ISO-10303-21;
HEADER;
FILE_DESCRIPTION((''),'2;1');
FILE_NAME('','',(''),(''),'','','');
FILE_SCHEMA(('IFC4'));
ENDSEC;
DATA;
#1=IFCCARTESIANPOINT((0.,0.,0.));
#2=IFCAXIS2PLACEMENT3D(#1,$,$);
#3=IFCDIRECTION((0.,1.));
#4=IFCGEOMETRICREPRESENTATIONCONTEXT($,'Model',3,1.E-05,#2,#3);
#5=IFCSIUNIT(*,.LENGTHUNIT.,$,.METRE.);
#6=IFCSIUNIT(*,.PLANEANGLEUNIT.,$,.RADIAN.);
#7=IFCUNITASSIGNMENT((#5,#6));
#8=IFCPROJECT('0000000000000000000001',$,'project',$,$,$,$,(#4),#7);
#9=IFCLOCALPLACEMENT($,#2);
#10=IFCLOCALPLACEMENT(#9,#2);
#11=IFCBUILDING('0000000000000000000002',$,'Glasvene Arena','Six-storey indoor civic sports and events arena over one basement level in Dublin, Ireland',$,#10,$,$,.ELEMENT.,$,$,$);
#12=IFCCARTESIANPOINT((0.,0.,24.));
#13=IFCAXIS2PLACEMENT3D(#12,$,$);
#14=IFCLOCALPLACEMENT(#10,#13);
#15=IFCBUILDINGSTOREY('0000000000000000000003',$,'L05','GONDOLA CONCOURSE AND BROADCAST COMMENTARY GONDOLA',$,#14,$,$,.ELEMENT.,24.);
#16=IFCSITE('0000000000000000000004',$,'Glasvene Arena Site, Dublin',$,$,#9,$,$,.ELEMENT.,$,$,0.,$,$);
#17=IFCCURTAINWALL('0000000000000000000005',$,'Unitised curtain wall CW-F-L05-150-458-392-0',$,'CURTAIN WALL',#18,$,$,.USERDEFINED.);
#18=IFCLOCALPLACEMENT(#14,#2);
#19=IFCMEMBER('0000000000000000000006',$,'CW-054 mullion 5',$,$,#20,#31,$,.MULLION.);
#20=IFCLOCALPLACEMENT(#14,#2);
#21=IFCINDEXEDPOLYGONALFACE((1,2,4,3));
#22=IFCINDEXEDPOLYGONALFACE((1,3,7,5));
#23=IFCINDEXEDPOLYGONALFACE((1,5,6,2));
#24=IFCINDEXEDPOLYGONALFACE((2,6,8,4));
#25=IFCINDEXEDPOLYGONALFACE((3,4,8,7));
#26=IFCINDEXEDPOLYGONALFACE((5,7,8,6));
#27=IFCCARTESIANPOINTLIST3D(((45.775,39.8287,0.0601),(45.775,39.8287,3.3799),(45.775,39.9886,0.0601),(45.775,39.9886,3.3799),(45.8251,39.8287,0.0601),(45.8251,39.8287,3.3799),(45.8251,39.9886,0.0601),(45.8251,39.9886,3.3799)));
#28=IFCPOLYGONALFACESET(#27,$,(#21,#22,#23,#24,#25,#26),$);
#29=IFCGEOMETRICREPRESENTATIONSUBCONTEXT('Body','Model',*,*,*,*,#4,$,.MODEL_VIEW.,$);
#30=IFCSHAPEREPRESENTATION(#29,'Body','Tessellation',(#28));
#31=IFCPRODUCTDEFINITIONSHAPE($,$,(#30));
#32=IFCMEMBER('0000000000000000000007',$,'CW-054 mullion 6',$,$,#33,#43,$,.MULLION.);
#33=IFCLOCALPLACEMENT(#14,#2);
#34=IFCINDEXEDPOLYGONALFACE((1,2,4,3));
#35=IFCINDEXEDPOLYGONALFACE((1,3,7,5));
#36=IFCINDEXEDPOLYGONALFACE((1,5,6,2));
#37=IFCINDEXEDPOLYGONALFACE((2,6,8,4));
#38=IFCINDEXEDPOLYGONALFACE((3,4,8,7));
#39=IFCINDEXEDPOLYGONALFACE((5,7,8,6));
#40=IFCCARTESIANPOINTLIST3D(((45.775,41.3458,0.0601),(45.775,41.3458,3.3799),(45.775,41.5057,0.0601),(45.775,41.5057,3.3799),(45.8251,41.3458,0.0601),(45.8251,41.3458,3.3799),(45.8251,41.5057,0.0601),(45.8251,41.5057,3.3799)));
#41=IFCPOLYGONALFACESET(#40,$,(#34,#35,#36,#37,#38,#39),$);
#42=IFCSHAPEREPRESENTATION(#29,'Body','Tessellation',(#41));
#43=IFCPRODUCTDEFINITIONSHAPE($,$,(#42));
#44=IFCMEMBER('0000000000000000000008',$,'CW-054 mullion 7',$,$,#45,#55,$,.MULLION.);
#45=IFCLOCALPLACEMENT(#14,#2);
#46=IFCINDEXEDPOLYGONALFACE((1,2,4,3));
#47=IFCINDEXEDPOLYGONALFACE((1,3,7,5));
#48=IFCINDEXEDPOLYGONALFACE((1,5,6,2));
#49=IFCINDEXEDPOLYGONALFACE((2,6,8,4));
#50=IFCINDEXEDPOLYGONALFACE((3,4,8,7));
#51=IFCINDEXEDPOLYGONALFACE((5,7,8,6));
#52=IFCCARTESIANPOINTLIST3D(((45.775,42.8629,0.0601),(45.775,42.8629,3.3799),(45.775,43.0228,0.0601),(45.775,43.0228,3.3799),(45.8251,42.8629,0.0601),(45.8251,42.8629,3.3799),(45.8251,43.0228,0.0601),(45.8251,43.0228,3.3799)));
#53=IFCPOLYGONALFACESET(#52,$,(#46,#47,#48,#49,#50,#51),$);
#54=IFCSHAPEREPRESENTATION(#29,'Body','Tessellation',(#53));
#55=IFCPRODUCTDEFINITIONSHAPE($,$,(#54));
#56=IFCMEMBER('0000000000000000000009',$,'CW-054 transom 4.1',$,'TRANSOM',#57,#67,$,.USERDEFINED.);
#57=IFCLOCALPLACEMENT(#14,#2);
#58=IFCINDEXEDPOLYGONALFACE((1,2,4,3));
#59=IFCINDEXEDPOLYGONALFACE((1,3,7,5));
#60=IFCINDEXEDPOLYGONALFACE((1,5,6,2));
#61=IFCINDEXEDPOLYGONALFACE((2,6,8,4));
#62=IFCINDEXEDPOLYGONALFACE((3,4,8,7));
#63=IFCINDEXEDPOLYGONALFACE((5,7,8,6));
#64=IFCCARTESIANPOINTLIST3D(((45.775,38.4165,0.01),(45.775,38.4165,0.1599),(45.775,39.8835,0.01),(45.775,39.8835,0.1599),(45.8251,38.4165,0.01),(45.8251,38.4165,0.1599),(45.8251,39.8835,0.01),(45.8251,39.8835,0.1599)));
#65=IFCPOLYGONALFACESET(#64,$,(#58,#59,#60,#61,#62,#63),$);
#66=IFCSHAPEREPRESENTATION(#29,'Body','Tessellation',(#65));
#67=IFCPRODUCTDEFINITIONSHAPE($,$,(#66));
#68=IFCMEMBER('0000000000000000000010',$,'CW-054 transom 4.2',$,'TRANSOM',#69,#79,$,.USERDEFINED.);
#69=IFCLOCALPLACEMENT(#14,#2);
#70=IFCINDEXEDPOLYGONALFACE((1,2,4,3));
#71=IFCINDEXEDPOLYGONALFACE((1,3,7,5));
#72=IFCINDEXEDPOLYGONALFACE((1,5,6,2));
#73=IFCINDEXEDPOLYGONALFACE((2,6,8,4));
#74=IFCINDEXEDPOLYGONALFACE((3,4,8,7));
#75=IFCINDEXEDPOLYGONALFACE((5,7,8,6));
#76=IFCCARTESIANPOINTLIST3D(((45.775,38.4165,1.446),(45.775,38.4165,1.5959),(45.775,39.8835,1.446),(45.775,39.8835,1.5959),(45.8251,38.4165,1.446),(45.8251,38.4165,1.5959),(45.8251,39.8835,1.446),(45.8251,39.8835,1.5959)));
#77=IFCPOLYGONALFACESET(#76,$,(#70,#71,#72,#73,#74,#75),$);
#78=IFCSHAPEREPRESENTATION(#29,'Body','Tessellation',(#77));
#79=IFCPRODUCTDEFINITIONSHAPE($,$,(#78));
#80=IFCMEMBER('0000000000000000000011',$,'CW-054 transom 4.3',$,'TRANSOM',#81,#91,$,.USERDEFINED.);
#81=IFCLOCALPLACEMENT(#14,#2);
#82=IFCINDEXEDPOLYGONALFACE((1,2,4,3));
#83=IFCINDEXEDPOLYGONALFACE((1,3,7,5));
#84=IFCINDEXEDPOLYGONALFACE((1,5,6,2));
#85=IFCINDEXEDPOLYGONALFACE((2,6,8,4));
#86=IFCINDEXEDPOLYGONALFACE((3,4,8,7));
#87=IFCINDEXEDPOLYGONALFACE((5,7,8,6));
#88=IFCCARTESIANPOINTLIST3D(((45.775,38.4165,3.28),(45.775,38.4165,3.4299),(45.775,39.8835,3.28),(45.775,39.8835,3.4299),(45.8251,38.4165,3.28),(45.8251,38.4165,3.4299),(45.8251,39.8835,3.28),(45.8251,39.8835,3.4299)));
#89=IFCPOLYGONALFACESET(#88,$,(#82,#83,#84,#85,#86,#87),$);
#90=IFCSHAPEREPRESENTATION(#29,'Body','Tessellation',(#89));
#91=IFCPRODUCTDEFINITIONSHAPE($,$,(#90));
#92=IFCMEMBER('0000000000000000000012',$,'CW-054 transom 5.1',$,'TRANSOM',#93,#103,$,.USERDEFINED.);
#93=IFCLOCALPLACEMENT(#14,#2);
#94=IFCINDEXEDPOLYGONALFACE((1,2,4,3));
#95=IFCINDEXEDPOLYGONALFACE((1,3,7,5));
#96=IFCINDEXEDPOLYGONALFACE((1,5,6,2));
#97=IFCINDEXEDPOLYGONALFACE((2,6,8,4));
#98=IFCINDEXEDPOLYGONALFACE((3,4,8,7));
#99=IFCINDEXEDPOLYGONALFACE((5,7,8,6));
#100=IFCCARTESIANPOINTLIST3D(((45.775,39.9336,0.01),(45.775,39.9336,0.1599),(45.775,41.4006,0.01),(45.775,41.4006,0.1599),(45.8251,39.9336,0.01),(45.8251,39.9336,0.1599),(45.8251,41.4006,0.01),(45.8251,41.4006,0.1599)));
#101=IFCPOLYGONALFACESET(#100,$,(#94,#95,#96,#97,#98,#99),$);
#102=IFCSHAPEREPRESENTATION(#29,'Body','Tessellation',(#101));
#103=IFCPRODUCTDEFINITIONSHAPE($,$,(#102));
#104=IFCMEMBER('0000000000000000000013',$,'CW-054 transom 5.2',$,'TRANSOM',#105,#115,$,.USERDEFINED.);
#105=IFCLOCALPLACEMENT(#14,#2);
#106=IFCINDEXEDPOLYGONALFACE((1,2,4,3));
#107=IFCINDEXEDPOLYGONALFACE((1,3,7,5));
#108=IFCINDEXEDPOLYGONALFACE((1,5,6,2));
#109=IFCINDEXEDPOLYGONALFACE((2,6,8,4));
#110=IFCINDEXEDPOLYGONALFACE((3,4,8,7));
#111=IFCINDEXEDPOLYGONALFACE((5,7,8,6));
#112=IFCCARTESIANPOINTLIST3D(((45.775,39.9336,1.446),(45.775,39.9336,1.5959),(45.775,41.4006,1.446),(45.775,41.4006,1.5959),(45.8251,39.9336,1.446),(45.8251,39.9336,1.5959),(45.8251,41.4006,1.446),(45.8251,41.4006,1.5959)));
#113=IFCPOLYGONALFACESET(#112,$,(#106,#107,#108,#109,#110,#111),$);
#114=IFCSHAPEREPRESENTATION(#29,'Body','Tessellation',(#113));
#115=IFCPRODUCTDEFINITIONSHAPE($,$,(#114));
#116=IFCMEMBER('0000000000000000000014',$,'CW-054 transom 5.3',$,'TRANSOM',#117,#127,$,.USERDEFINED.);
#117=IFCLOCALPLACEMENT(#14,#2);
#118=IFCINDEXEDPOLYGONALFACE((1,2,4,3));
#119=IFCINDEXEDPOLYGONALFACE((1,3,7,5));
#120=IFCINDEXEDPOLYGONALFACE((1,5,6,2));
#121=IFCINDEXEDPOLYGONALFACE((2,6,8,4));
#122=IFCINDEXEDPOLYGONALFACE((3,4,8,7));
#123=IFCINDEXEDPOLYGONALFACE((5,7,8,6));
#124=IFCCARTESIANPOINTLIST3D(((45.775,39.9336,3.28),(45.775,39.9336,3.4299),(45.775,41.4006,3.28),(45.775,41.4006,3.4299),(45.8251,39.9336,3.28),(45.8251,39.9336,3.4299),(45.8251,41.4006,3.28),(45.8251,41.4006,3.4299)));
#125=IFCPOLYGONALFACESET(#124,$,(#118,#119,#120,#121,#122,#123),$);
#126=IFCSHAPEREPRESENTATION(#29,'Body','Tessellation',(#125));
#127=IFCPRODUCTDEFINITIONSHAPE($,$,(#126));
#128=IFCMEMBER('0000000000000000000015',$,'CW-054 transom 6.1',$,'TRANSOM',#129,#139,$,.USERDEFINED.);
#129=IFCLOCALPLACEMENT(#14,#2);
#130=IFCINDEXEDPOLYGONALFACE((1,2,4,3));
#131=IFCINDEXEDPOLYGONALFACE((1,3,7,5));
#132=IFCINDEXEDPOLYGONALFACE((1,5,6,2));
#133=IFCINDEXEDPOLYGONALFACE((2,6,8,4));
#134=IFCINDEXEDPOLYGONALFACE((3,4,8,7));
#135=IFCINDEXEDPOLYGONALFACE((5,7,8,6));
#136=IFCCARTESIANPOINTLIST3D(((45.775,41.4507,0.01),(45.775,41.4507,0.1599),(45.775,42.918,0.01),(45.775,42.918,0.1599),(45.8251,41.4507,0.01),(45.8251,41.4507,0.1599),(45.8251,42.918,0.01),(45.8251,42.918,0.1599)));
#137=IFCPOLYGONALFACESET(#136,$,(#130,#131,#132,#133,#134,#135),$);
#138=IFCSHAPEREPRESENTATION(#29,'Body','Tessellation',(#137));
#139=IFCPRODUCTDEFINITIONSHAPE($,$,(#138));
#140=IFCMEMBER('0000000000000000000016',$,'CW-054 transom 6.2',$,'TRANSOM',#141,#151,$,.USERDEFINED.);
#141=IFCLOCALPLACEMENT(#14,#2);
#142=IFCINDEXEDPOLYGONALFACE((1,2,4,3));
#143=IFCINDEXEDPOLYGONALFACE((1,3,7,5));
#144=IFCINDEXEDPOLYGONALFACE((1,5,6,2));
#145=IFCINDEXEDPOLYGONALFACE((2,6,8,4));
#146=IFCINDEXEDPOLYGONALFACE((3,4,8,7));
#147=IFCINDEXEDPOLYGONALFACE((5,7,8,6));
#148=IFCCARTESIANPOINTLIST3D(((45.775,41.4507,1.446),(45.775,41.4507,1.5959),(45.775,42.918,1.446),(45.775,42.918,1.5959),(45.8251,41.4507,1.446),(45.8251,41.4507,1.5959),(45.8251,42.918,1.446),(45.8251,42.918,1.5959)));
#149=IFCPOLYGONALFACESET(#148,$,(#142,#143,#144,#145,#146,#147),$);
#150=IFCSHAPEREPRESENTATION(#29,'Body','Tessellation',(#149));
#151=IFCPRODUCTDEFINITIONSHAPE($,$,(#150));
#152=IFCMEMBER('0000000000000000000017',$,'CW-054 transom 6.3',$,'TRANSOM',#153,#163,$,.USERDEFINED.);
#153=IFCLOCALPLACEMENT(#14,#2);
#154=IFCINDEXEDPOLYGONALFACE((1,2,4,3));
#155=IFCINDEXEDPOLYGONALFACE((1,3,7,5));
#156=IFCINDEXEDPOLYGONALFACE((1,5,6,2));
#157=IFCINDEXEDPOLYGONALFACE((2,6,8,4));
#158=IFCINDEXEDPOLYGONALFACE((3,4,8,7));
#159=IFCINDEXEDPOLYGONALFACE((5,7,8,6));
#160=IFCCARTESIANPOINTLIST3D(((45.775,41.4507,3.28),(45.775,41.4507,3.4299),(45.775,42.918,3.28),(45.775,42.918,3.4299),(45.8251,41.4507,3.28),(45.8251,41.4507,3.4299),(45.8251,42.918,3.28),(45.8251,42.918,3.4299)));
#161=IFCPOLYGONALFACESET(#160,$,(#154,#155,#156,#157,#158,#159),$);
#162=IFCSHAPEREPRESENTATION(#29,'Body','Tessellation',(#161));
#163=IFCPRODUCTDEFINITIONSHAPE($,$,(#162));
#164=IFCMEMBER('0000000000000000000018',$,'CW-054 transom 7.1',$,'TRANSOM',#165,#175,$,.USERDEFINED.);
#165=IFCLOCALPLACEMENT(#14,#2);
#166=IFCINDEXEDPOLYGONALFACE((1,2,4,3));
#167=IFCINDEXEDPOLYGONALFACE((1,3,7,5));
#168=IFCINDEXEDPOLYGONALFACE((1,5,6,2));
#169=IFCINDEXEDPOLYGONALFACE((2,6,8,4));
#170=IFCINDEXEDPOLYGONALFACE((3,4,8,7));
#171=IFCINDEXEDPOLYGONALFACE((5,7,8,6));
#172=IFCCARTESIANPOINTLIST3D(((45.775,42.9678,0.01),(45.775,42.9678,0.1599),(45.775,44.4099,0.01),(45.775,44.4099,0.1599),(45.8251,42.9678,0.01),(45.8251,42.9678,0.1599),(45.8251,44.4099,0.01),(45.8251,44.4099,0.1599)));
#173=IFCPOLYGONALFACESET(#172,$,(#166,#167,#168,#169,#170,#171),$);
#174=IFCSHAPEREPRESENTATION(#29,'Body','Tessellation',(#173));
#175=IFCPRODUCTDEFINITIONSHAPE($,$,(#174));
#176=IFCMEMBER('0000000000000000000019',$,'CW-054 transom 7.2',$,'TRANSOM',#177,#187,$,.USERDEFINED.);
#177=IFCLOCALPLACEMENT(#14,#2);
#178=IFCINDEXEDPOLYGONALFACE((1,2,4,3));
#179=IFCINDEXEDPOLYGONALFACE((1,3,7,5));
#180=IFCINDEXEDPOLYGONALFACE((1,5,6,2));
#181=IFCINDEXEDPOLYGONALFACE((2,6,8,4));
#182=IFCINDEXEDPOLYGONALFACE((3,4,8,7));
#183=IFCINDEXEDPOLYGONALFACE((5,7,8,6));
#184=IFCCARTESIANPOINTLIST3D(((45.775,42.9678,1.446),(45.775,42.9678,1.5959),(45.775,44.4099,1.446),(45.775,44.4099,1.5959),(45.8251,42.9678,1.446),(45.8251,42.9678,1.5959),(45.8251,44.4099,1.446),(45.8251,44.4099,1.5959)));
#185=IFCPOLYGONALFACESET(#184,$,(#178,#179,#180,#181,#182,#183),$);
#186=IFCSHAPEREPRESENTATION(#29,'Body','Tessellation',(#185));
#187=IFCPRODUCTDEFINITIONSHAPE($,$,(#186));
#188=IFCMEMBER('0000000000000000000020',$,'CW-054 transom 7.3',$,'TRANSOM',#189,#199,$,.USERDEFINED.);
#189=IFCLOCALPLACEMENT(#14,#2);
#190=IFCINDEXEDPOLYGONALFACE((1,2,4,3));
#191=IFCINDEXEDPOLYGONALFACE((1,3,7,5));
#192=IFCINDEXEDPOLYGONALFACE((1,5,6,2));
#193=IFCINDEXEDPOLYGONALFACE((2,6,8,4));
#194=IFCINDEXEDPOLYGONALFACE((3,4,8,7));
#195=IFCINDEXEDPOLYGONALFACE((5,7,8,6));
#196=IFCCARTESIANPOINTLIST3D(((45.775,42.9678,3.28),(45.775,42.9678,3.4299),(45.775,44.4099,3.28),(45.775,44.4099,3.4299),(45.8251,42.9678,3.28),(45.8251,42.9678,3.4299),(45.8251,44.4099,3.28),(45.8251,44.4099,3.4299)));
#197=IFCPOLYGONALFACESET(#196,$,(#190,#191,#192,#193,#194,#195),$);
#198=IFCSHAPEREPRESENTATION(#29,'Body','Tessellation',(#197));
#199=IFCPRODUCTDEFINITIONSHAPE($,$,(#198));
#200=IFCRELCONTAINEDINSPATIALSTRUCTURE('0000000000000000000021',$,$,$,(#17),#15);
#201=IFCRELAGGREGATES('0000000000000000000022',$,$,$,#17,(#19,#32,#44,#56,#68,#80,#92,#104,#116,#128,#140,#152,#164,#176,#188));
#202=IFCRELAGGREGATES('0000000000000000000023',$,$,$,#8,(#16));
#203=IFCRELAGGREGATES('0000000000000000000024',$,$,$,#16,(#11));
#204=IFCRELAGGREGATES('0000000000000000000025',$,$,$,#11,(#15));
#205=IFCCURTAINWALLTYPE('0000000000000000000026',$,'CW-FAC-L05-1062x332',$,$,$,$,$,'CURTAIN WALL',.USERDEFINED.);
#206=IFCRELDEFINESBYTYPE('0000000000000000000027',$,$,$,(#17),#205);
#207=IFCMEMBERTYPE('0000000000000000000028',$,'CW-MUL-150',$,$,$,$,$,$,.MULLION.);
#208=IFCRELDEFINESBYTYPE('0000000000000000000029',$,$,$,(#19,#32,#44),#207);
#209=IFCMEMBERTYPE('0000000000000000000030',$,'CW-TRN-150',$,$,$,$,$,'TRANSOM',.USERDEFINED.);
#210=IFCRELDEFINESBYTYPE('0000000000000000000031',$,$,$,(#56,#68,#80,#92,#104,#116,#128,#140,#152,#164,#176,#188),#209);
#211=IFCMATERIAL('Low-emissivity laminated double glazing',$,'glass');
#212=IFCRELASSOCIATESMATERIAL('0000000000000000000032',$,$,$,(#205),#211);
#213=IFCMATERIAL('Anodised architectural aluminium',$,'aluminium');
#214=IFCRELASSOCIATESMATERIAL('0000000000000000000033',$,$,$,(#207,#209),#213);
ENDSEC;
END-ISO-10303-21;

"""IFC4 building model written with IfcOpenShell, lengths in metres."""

from ifc_helpers import new_model, si_unit, direction, frame, origin, origin_2d, place, context, subcontext, project, spatial, rectangle, extrude, material, material_profile, profile_set, type_object, element, aggregate, save


model = new_model("IFC4")

# Units and contexts
model_context = context("Model", 3, precision=1e-05, world=origin(), true_north=direction((0.0, 1.0)))
body_context = subcontext(model_context, "Body", "Model", "MODEL_VIEW")
ifc_project = project(units=[si_unit("LENGTHUNIT", "METRE"), si_unit("PLANEANGLEUNIT", "RADIAN")], contexts=[model_context])

# Site, building, storey
site_placement = place(None, origin())
site = spatial("IfcSite", under=ifc_project, at=site_placement, Name="Glasvene Arena Site, Dublin", CompositionType="ELEMENT", RefElevation=0.0)
building_placement = place(site_placement, origin())
building = spatial("IfcBuilding", under=site, at=building_placement, Name="Glasvene Arena", Description="Six-storey indoor civic sports and events arena over one basement level in Dublin, Ireland", CompositionType="ELEMENT")
storey_placement = place(building_placement, frame((0.0, 0.0, 24.0)))
storey = spatial("IfcBuildingStorey", under=building, at=storey_placement, Name="L05", Description="GONDOLA CONCOURSE AND BROADCAST COMMENTARY GONDOLA", CompositionType="ELEMENT", Elevation=24.0)

# Curtain wall, members
ifc_material_1 = material(Name="Low-emissivity laminated double glazing", Category="glass")
curtain_wall_type = type_object("IfcCurtainWallType", Name="CW-FAC-L05-1062x332", ElementType="CURTAIN WALL", PredefinedType="USERDEFINED", material=ifc_material_1)
curtain_wall_placement = place(storey_placement, frame((45.8, 33.8401, 0.0)))
curtain_wall = element("IfcCurtainWall", 1, at=curtain_wall_placement, inside=storey, type_object=curtain_wall_type, Name="Unitised curtain wall CW-F-L05-150-458-392-0", ObjectType="CURTAIN WALL", PredefinedType="USERDEFINED")
ifc_material_2 = material(Name="Anodised architectural aluminium", Category="aluminium")
ifc_material_profile_1 = material_profile(ifc_material_2, rectangle(XDim=0.05, YDim=0.1599, at=origin_2d()), Name="ALU MULLION 50x160")
ifc_profile_set_1 = profile_set([ifc_material_profile_1], Name="Anodised architectural aluminium")
member_type_1 = type_object("IfcMemberType", Name="CW-MUL-150", PredefinedType="MULLION", material=ifc_profile_set_1)
member_1_placement = place(storey_placement, frame((45.8, 39.9087, 0.0601), z_axis=(0.0, 0.0, 1.0), x_axis=(-1.0, 0.0, 0.0)))
member_1 = element("IfcMember", 2, at=member_1_placement, type_object=member_type_1, Name="CW-054 mullion 5", PredefinedType="MULLION", context=body_context, shape_type="SweptSolid", body=[
    extrude(rectangle(XDim=0.05, YDim=0.1599, at=origin_2d()), origin(), (0.0, 0.0, 1.0), 3.3198),
])
member_2_placement = place(storey_placement, frame((45.8, 41.4258, 0.0601), z_axis=(0.0, 0.0, 1.0), x_axis=(-1.0, 0.0, 0.0)))
member_2 = element("IfcMember", 3, at=member_2_placement, type_object=member_type_1, Name="CW-054 mullion 6", PredefinedType="MULLION", context=body_context, shape_type="SweptSolid", body=[
    extrude(rectangle(XDim=0.05, YDim=0.1599, at=origin_2d()), origin(), (0.0, 0.0, 1.0), 3.3198),
])
member_3_placement = place(storey_placement, frame((45.8, 42.9429, 0.0601), z_axis=(0.0, 0.0, 1.0), x_axis=(-1.0, 0.0, 0.0)))
member_3 = element("IfcMember", 4, at=member_3_placement, type_object=member_type_1, Name="CW-054 mullion 7", PredefinedType="MULLION", context=body_context, shape_type="SweptSolid", body=[
    extrude(rectangle(XDim=0.05, YDim=0.1599, at=origin_2d()), origin(), (0.0, 0.0, 1.0), 3.3198),
])
ifc_material_profile_2 = material_profile(ifc_material_2, rectangle(XDim=0.05, YDim=0.1499, at=origin_2d()), Name="ALU TRANSOM 50x150")
ifc_profile_set_2 = profile_set([ifc_material_profile_2], Name="Anodised architectural aluminium")
member_type_2 = type_object("IfcMemberType", Name="CW-TRN-150", ElementType="TRANSOM", PredefinedType="USERDEFINED", material=ifc_profile_set_2)
member_4_placement = place(storey_placement, frame((45.8, 38.4165, 0.085), z_axis=(0.0, 1.0, 0.0), x_axis=(-1.0, 0.0, 0.0)))
member_4 = element("IfcMember", 5, at=member_4_placement, type_object=member_type_2, Name="CW-054 transom 4.1", ObjectType="TRANSOM", PredefinedType="USERDEFINED", context=body_context, shape_type="SweptSolid", body=[
    extrude(rectangle(XDim=0.05, YDim=0.1499, at=origin_2d()), origin(), (0.0, 0.0, 1.0), 1.467),
])
member_5_placement = place(storey_placement, frame((45.8, 38.4165, 1.521), z_axis=(0.0, 1.0, 0.0), x_axis=(-1.0, 0.0, 0.0)))
member_5 = element("IfcMember", 6, at=member_5_placement, type_object=member_type_2, Name="CW-054 transom 4.2", ObjectType="TRANSOM", PredefinedType="USERDEFINED", context=body_context, shape_type="SweptSolid", body=[
    extrude(rectangle(XDim=0.05, YDim=0.1499, at=origin_2d()), origin(), (0.0, 0.0, 1.0), 1.467),
])
member_6_placement = place(storey_placement, frame((45.8, 38.4165, 3.355), z_axis=(0.0, 1.0, 0.0), x_axis=(-1.0, 0.0, 0.0)))
member_6 = element("IfcMember", 7, at=member_6_placement, type_object=member_type_2, Name="CW-054 transom 4.3", ObjectType="TRANSOM", PredefinedType="USERDEFINED", context=body_context, shape_type="SweptSolid", body=[
    extrude(rectangle(XDim=0.05, YDim=0.1499, at=origin_2d()), origin(), (0.0, 0.0, 1.0), 1.467),
])
member_7_placement = place(storey_placement, frame((45.8, 39.9336, 0.085), z_axis=(0.0, 1.0, 0.0), x_axis=(-1.0, 0.0, 0.0)))
member_7 = element("IfcMember", 8, at=member_7_placement, type_object=member_type_2, Name="CW-054 transom 5.1", ObjectType="TRANSOM", PredefinedType="USERDEFINED", context=body_context, shape_type="SweptSolid", body=[
    extrude(rectangle(XDim=0.05, YDim=0.1499, at=origin_2d()), origin(), (0.0, 0.0, 1.0), 1.467),
])
member_8_placement = place(storey_placement, frame((45.8, 39.9336, 1.521), z_axis=(0.0, 1.0, 0.0), x_axis=(-1.0, 0.0, 0.0)))
member_8 = element("IfcMember", 9, at=member_8_placement, type_object=member_type_2, Name="CW-054 transom 5.2", ObjectType="TRANSOM", PredefinedType="USERDEFINED", context=body_context, shape_type="SweptSolid", body=[
    extrude(rectangle(XDim=0.05, YDim=0.1499, at=origin_2d()), origin(), (0.0, 0.0, 1.0), 1.467),
])
member_9_placement = place(storey_placement, frame((45.8, 39.9336, 3.355), z_axis=(0.0, 1.0, 0.0), x_axis=(-1.0, 0.0, 0.0)))
member_9 = element("IfcMember", 10, at=member_9_placement, type_object=member_type_2, Name="CW-054 transom 5.3", ObjectType="TRANSOM", PredefinedType="USERDEFINED", context=body_context, shape_type="SweptSolid", body=[
    extrude(rectangle(XDim=0.05, YDim=0.1499, at=origin_2d()), origin(), (0.0, 0.0, 1.0), 1.467),
])
member_10_placement = place(storey_placement, frame((45.8, 41.4507, 0.085), z_axis=(0.0, 1.0, 0.0), x_axis=(-1.0, 0.0, 0.0)))
member_10 = element("IfcMember", 11, at=member_10_placement, type_object=member_type_2, Name="CW-054 transom 6.1", ObjectType="TRANSOM", PredefinedType="USERDEFINED", context=body_context, shape_type="SweptSolid", body=[
    extrude(rectangle(XDim=0.05, YDim=0.1499, at=origin_2d()), origin(), (0.0, 0.0, 1.0), 1.4673),
])
member_11_placement = place(storey_placement, frame((45.8, 41.4507, 1.521), z_axis=(0.0, 1.0, 0.0), x_axis=(-1.0, 0.0, 0.0)))
member_11 = element("IfcMember", 12, at=member_11_placement, type_object=member_type_2, Name="CW-054 transom 6.2", ObjectType="TRANSOM", PredefinedType="USERDEFINED", context=body_context, shape_type="SweptSolid", body=[
    extrude(rectangle(XDim=0.05, YDim=0.1499, at=origin_2d()), origin(), (0.0, 0.0, 1.0), 1.4673),
])
member_12_placement = place(storey_placement, frame((45.8, 41.4507, 3.355), z_axis=(0.0, 1.0, 0.0), x_axis=(-1.0, 0.0, 0.0)))
member_12 = element("IfcMember", 13, at=member_12_placement, type_object=member_type_2, Name="CW-054 transom 6.3", ObjectType="TRANSOM", PredefinedType="USERDEFINED", context=body_context, shape_type="SweptSolid", body=[
    extrude(rectangle(XDim=0.05, YDim=0.1499, at=origin_2d()), origin(), (0.0, 0.0, 1.0), 1.4673),
])
member_13_placement = place(storey_placement, frame((45.8, 42.9678, 0.085), z_axis=(0.0, 1.0, 0.0), x_axis=(-1.0, 0.0, 0.0)))
member_13 = element("IfcMember", 14, at=member_13_placement, type_object=member_type_2, Name="CW-054 transom 7.1", ObjectType="TRANSOM", PredefinedType="USERDEFINED", context=body_context, shape_type="SweptSolid", body=[
    extrude(rectangle(XDim=0.05, YDim=0.1499, at=origin_2d()), origin(), (0.0, 0.0, 1.0), 1.4421),
])
member_14_placement = place(storey_placement, frame((45.8, 42.9678, 1.521), z_axis=(0.0, 1.0, 0.0), x_axis=(-1.0, 0.0, 0.0)))
member_14 = element("IfcMember", 15, at=member_14_placement, type_object=member_type_2, Name="CW-054 transom 7.2", ObjectType="TRANSOM", PredefinedType="USERDEFINED", context=body_context, shape_type="SweptSolid", body=[
    extrude(rectangle(XDim=0.05, YDim=0.1499, at=origin_2d()), origin(), (0.0, 0.0, 1.0), 1.4421),
])
member_15_placement = place(storey_placement, frame((45.8, 42.9678, 3.355), z_axis=(0.0, 1.0, 0.0), x_axis=(-1.0, 0.0, 0.0)))
member_15 = element("IfcMember", 16, at=member_15_placement, type_object=member_type_2, Name="CW-054 transom 7.3", ObjectType="TRANSOM", PredefinedType="USERDEFINED", context=body_context, shape_type="SweptSolid", body=[
    extrude(rectangle(XDim=0.05, YDim=0.1499, at=origin_2d()), origin(), (0.0, 0.0, 1.0), 1.4421),
])
aggregate(curtain_wall, [member_1, member_2, member_3, member_4, member_5, member_6, member_7, member_8, member_9, member_10, member_11, member_12, member_13, member_14, member_15])

save(model, "model.ifc")
